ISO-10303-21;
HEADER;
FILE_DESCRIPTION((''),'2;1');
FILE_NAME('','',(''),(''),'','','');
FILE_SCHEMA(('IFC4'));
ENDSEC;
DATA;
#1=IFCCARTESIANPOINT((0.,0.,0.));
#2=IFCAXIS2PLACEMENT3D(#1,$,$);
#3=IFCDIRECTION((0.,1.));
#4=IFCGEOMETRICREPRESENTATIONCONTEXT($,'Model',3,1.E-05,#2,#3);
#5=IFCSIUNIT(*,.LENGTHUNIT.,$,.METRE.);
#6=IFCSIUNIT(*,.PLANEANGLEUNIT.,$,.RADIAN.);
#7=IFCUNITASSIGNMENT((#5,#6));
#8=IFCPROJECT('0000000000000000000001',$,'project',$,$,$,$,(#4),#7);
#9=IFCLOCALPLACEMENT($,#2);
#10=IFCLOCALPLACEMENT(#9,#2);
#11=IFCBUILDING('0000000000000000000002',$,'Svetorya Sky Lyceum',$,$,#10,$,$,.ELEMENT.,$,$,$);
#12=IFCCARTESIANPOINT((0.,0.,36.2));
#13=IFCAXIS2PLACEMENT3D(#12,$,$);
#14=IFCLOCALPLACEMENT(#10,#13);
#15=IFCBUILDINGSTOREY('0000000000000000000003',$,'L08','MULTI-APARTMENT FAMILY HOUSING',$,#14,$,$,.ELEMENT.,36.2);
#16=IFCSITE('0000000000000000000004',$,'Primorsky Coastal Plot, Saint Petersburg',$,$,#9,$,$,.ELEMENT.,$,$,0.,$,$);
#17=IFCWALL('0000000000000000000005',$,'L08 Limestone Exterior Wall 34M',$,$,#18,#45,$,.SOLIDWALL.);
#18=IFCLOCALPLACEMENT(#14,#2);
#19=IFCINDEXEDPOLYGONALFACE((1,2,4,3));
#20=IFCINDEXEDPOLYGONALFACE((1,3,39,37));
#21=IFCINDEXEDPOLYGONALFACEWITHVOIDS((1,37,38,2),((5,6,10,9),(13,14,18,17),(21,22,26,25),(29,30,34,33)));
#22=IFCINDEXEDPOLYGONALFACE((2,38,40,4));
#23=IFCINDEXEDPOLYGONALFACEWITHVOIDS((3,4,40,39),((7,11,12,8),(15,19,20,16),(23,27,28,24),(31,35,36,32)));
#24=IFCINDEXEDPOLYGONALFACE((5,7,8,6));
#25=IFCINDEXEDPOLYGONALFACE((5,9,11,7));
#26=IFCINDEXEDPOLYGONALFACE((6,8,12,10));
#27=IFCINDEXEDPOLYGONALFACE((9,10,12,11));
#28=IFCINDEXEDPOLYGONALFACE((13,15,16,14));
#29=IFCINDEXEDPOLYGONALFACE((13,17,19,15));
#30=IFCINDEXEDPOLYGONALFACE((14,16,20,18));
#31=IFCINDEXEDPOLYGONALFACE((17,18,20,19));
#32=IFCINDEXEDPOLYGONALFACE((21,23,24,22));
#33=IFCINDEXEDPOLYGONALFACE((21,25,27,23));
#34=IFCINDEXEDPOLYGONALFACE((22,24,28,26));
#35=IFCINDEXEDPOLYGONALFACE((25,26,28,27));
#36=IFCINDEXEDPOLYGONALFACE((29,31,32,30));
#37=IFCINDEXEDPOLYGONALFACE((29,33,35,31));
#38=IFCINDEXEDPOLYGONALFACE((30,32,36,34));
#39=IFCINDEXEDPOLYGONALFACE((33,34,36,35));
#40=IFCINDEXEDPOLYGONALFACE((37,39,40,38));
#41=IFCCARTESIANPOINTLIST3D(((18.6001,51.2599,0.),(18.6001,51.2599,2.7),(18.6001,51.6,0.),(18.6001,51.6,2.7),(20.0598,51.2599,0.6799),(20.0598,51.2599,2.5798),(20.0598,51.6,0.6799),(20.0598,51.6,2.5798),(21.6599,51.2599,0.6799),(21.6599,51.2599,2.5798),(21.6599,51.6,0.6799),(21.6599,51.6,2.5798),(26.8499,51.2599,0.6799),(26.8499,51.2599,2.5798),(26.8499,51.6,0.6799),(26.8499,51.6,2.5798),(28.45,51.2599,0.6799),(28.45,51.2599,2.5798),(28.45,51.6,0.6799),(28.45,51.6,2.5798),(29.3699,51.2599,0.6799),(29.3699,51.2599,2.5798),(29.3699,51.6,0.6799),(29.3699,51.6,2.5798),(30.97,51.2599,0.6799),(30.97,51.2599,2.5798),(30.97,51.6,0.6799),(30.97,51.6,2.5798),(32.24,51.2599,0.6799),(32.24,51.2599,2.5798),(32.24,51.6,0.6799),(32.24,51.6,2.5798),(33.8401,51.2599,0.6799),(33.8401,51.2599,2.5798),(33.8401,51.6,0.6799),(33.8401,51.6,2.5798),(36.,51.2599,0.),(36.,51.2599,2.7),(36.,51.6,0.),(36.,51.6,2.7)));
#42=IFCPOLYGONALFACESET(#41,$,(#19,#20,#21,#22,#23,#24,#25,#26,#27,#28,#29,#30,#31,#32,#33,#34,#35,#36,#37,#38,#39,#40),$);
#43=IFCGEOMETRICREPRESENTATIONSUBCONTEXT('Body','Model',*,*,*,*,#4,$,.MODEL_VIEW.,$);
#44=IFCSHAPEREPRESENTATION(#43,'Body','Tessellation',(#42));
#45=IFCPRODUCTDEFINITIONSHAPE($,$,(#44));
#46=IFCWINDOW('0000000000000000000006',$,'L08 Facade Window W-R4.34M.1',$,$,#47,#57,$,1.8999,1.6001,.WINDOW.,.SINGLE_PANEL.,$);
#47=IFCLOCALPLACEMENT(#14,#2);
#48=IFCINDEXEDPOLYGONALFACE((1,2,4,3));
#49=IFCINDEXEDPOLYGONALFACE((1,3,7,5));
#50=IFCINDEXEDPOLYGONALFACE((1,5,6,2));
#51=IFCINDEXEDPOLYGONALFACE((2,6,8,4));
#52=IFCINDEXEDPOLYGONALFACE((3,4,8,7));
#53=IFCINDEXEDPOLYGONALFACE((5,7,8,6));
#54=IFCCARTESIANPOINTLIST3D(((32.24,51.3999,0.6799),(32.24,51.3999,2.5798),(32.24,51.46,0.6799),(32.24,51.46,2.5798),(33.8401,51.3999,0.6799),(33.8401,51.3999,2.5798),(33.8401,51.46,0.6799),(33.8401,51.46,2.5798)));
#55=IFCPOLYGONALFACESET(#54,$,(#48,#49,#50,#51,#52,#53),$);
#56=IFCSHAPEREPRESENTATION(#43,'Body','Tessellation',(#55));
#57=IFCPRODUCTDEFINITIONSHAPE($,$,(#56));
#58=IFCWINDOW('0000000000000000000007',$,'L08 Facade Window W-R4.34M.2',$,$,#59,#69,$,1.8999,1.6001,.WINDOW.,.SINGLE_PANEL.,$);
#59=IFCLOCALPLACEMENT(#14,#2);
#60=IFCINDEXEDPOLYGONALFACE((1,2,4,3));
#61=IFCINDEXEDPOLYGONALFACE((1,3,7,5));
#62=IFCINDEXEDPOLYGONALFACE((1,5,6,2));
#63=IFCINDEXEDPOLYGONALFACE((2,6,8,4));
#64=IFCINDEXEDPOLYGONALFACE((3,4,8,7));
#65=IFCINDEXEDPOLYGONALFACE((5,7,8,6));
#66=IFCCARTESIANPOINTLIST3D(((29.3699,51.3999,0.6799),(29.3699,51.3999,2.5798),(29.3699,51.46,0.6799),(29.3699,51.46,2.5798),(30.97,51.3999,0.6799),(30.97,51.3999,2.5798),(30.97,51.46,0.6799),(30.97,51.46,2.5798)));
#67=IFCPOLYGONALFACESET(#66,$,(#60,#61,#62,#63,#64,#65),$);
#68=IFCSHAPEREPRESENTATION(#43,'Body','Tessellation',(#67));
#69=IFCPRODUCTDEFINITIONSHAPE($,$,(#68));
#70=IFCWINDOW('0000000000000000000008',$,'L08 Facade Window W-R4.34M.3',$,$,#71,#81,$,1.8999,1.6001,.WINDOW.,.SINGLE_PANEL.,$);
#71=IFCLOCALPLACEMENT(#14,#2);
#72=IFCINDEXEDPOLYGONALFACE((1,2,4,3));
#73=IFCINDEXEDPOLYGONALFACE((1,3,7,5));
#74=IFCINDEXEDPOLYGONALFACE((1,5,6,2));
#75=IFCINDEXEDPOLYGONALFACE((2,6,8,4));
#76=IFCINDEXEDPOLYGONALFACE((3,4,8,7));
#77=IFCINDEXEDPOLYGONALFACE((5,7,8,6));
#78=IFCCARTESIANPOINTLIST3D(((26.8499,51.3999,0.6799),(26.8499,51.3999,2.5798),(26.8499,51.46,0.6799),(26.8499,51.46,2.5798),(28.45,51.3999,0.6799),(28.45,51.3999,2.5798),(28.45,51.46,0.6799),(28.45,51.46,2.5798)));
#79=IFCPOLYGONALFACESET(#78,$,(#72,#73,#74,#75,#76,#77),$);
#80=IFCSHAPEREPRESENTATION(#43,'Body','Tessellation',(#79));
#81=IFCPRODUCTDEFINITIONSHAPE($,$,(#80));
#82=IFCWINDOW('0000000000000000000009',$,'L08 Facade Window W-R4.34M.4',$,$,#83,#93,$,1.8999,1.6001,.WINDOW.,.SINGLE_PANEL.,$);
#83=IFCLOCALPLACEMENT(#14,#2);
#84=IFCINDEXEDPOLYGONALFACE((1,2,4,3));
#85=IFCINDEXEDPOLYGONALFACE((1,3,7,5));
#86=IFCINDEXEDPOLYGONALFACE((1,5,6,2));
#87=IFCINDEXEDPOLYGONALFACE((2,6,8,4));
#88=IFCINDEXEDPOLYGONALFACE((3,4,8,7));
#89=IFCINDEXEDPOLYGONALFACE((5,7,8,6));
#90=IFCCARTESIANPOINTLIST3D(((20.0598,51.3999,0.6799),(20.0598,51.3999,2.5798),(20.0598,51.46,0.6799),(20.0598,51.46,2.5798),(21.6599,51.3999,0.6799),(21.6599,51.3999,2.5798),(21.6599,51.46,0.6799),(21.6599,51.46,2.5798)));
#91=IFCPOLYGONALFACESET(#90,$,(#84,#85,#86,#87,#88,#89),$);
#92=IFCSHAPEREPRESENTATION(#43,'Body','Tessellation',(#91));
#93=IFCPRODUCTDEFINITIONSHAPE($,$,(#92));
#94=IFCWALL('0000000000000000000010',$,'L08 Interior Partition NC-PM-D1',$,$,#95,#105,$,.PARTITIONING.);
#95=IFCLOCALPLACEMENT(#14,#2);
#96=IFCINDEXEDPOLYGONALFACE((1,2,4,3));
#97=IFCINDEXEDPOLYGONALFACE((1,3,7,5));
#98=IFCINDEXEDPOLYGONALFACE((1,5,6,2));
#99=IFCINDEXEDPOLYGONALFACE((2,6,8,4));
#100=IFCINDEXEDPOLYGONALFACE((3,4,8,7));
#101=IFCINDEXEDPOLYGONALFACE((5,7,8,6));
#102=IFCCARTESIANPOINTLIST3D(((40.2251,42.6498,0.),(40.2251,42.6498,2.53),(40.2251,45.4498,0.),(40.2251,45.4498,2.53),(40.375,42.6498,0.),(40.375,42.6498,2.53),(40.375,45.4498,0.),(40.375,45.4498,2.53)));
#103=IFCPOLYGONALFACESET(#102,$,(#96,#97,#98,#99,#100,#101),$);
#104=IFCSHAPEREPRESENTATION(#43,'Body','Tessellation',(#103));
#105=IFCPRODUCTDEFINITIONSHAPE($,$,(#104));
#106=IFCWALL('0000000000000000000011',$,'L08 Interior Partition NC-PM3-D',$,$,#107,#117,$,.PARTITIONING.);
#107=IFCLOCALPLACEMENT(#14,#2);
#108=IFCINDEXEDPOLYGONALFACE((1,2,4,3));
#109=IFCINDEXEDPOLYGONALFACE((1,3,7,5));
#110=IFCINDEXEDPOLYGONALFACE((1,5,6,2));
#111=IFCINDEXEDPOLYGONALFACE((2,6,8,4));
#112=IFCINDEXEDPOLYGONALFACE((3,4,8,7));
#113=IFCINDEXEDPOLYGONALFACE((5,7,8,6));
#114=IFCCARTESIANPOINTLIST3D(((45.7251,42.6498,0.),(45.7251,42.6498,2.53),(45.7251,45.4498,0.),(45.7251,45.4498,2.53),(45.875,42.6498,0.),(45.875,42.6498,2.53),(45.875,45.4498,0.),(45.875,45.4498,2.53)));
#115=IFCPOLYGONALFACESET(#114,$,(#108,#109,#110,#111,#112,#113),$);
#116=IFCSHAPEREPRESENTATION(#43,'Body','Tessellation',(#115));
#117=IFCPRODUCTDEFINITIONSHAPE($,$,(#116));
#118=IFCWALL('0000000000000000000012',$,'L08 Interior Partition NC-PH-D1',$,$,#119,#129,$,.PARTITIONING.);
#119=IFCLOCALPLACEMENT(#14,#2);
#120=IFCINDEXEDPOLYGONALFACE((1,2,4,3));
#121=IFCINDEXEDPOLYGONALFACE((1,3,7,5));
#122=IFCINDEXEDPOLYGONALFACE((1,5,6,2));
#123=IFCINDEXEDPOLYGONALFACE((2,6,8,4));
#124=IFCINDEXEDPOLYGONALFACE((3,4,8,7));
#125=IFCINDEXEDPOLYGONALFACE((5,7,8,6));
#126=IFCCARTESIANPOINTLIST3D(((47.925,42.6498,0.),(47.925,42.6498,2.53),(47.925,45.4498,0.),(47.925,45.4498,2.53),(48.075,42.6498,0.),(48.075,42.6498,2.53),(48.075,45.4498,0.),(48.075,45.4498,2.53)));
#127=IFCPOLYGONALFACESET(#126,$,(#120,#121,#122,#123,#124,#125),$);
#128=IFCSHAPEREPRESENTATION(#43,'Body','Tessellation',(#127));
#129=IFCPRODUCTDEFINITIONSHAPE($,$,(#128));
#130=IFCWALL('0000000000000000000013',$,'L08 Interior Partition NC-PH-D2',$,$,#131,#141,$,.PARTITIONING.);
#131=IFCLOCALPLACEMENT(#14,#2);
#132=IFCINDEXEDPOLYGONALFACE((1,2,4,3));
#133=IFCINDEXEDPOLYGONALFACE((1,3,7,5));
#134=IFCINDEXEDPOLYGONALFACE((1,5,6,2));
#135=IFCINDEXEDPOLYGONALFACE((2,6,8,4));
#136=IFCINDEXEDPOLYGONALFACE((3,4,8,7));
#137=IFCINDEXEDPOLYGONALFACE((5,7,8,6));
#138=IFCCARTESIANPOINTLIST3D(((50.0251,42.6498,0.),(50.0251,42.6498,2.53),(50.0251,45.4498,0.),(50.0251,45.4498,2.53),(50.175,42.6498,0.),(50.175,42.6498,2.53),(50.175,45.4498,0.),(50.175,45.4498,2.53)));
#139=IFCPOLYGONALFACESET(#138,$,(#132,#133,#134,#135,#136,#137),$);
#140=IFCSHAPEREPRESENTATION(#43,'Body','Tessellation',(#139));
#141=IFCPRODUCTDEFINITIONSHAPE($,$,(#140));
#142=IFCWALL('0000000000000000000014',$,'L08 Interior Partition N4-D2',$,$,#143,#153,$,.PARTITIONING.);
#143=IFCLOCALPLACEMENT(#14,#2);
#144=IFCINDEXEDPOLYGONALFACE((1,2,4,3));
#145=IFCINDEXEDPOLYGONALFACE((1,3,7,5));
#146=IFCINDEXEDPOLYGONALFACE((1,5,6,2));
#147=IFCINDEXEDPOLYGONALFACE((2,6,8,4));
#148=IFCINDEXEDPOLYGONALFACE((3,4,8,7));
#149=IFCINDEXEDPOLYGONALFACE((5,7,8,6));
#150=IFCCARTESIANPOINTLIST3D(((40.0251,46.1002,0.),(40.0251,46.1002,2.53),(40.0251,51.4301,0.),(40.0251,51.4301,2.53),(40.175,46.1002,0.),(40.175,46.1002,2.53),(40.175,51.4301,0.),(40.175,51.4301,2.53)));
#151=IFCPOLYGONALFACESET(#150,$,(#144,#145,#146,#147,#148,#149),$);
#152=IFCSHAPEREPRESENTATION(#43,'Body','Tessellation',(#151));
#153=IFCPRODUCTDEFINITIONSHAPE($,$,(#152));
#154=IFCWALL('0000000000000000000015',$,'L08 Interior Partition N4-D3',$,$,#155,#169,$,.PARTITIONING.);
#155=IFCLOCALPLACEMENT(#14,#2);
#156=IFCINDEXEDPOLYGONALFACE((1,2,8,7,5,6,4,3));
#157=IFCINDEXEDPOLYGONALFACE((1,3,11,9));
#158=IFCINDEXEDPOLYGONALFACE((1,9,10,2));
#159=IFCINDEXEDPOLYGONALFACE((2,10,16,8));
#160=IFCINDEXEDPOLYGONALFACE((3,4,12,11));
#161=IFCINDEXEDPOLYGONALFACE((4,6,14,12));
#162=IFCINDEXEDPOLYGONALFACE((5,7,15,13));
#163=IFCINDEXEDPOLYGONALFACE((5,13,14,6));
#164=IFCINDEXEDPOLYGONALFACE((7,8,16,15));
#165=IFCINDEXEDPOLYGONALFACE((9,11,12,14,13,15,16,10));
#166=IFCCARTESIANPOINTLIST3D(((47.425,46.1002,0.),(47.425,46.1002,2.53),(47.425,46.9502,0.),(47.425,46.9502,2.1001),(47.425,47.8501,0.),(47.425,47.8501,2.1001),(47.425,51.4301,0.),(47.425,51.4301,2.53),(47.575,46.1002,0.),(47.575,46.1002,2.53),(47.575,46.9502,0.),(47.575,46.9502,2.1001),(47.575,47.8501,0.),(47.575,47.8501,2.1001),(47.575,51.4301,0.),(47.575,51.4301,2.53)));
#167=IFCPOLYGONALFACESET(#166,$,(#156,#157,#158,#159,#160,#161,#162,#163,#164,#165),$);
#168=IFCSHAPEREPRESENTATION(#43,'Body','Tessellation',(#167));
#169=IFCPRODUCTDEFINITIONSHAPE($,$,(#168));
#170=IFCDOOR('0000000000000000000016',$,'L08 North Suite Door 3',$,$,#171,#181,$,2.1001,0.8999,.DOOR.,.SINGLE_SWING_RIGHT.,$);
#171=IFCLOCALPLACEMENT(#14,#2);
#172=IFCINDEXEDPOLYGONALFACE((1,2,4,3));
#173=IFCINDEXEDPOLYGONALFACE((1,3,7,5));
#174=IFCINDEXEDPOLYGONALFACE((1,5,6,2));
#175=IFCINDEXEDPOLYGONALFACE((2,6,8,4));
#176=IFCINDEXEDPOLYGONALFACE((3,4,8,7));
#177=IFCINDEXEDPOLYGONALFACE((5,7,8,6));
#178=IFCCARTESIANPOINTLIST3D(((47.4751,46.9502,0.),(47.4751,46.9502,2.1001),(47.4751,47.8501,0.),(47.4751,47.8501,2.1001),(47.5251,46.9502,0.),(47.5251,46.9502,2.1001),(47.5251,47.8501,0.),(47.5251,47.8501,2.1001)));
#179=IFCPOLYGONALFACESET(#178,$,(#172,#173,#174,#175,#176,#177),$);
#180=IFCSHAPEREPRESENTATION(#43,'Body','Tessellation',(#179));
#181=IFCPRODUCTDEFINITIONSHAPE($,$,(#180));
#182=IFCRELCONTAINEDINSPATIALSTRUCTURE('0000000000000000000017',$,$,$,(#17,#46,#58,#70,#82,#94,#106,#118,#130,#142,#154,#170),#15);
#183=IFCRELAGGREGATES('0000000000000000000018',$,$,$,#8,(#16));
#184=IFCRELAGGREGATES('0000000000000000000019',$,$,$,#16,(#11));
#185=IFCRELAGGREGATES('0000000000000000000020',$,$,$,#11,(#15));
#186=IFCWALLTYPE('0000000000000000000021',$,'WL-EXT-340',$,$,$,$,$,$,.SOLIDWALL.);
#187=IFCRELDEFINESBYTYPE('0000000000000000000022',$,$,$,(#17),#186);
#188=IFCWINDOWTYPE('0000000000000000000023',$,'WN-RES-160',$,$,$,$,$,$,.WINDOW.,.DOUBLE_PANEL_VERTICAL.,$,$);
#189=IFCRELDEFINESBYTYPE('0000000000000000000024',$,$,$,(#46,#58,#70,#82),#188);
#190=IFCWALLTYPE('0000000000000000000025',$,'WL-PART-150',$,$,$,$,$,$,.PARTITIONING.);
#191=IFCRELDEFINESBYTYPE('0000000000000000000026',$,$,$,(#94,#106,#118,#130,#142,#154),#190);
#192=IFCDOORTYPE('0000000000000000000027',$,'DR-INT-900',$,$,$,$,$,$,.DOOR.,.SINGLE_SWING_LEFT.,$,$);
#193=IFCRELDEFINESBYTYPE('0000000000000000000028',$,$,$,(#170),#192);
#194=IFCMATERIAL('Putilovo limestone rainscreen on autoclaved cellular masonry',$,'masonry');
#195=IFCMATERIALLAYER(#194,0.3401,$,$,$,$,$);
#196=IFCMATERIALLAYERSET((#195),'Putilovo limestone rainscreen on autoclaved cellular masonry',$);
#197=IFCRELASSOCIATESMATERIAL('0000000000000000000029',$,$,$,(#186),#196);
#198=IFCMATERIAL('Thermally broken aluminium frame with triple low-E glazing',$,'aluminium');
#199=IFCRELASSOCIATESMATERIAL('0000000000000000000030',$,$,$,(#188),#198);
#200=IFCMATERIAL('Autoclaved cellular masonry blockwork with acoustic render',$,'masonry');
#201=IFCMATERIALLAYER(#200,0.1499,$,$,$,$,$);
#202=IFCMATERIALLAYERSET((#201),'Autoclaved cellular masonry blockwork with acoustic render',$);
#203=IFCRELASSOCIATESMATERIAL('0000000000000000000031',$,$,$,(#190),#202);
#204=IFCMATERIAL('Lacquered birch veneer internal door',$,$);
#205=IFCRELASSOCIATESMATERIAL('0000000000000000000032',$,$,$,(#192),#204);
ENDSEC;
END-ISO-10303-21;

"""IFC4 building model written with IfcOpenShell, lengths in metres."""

from ifc_helpers import new_model, si_unit, direction, frame, frame_2d, origin, place, context, subcontext, project, spatial, rectangle, extrude, material, layer, layer_set, type_object, element, fill, save


model = new_model("IFC4")

# Units and contexts
model_context = context("Model", 3, precision=1e-05, world=origin(), true_north=direction((0.0, 1.0)))
body_context = subcontext(model_context, "Body", "Model", "MODEL_VIEW")
ifc_project = project(units=[si_unit("LENGTHUNIT", "METRE"), si_unit("PLANEANGLEUNIT", "RADIAN")], contexts=[model_context])

# Site, building, storey
site_placement = place(None, origin())
site = spatial("IfcSite", under=ifc_project, at=site_placement, Name="Primorsky Coastal Plot, Saint Petersburg", CompositionType="ELEMENT", RefElevation=0.0)
building_placement = place(site_placement, origin())
building = spatial("IfcBuilding", under=site, at=building_placement, Name="Svetorya Sky Lyceum", CompositionType="ELEMENT")
storey_placement = place(building_placement, frame((0.0, 0.0, 36.2)))
storey = spatial("IfcBuildingStorey", under=building, at=storey_placement, Name="L08", Description="MULTI-APARTMENT FAMILY HOUSING", CompositionType="ELEMENT", Elevation=36.2)

# Shared definitions
ifc_material_1 = material(Name="Putilovo limestone rainscreen on autoclaved cellular masonry", Category="masonry")
ifc_layer_1 = layer(ifc_material_1, 0.3401)
ifc_layer_set_1 = layer_set([ifc_layer_1], Name="Putilovo limestone rainscreen on autoclaved cellular masonry")
wall_type_1 = type_object("IfcWallType", Name="WL-EXT-340", PredefinedType="SOLIDWALL", material=ifc_layer_set_1)

# Wall, openings, windows
wall_1_placement = place(storey_placement, frame((36.0, 51.4299, 0.0), z_axis=(0.0, 0.0, 1.0), x_axis=(-1.0, 0.0, 0.0)))
wall_1 = element("IfcWall", 1, at=wall_1_placement, inside=storey, type_object=wall_type_1, Name="L08 Limestone Exterior Wall 34M", PredefinedType="SOLIDWALL", context=body_context, shape_type="SweptSolid", body=[
    extrude(rectangle(XDim=17.3999, YDim=0.3401, at=frame_2d((8.7, 0.0))), origin(), (0.0, 0.0, 1.0), 2.7),
])
opening_1_placement = place(wall_1_placement, frame((2.1599, 0.0, 0.6799)))
opening_1 = element("IfcOpeningElement", 2, at=opening_1_placement, cuts=wall_1, PredefinedType="OPENING", context=body_context, shape_type="SweptSolid", body=[
    extrude(rectangle(XDim=1.6001, YDim=1.8999, at=frame_2d((0.8, 0.95))), frame((0.0, 0.1799, 0.0), z_axis=(0.0, -1.0, 0.0), x_axis=(1.0, 0.0, 0.0)), (0.0, 0.0, 1.0), 0.3601),
])
opening_2_placement = place(wall_1_placement, frame((5.03, 0.0, 0.6799)))
opening_2 = element("IfcOpeningElement", 3, at=opening_2_placement, cuts=wall_1, PredefinedType="OPENING", context=body_context, shape_type="SweptSolid", body=[
    extrude(rectangle(XDim=1.6001, YDim=1.8999, at=frame_2d((0.8, 0.95))), frame((0.0, 0.1799, 0.0), z_axis=(0.0, -1.0, 0.0), x_axis=(1.0, 0.0, 0.0)), (0.0, 0.0, 1.0), 0.3601),
])
opening_3_placement = place(wall_1_placement, frame((7.55, 0.0, 0.6799)))
opening_3 = element("IfcOpeningElement", 4, at=opening_3_placement, cuts=wall_1, PredefinedType="OPENING", context=body_context, shape_type="SweptSolid", body=[
    extrude(rectangle(XDim=1.6001, YDim=1.8999, at=frame_2d((0.8, 0.95))), frame((0.0, 0.1799, 0.0), z_axis=(0.0, -1.0, 0.0), x_axis=(1.0, 0.0, 0.0)), (0.0, 0.0, 1.0), 0.3601),
])
opening_4_placement = place(wall_1_placement, frame((14.3401, 0.0, 0.6799)))
opening_4 = element("IfcOpeningElement", 5, at=opening_4_placement, cuts=wall_1, PredefinedType="OPENING", context=body_context, shape_type="SweptSolid", body=[
    extrude(rectangle(XDim=1.6001, YDim=1.8999, at=frame_2d((0.8, 0.95))), frame((0.0, 0.1799, 0.0), z_axis=(0.0, -1.0, 0.0), x_axis=(1.0, 0.0, 0.0)), (0.0, 0.0, 1.0), 0.3601),
])
ifc_material_2 = material(Name="Thermally broken aluminium frame with triple low-E glazing", Category="aluminium")
window_type = type_object("IfcWindowType", Name="WN-RES-160", PartitioningType="DOUBLE_PANEL_VERTICAL", PredefinedType="WINDOW", material=ifc_material_2)
window_1_placement = place(opening_1_placement, origin())
window_1 = element("IfcWindow", 6, at=window_1_placement, inside=storey, type_object=window_type, Name="L08 Facade Window W-R4.34M.1", OverallHeight=1.8999, OverallWidth=1.6001, PartitioningType="SINGLE_PANEL", PredefinedType="WINDOW", context=body_context, shape_type="SweptSolid", body=[
    extrude(rectangle(XDim=1.6001, YDim=1.8999, at=frame_2d((0.8, 0.95))), frame((0.0, 0.03, 0.0), z_axis=(0.0, -1.0, 0.0), x_axis=(1.0, 0.0, 0.0)), (0.0, 0.0, 1.0), 0.0601),
])
fill(opening_1, window_1)
window_2_placement = place(opening_2_placement, origin())
window_2 = element("IfcWindow", 7, at=window_2_placement, inside=storey, type_object=window_type, Name="L08 Facade Window W-R4.34M.2", OverallHeight=1.8999, OverallWidth=1.6001, PartitioningType="SINGLE_PANEL", PredefinedType="WINDOW", context=body_context, shape_type="SweptSolid", body=[
    extrude(rectangle(XDim=1.6001, YDim=1.8999, at=frame_2d((0.8, 0.95))), frame((0.0, 0.03, 0.0), z_axis=(0.0, -1.0, 0.0), x_axis=(1.0, 0.0, 0.0)), (0.0, 0.0, 1.0), 0.0601),
])
fill(opening_2, window_2)
window_3_placement = place(opening_3_placement, origin())
window_3 = element("IfcWindow", 8, at=window_3_placement, inside=storey, type_object=window_type, Name="L08 Facade Window W-R4.34M.3", OverallHeight=1.8999, OverallWidth=1.6001, PartitioningType="SINGLE_PANEL", PredefinedType="WINDOW", context=body_context, shape_type="SweptSolid", body=[
    extrude(rectangle(XDim=1.6001, YDim=1.8999, at=frame_2d((0.8, 0.95))), frame((0.0, 0.03, 0.0), z_axis=(0.0, -1.0, 0.0), x_axis=(1.0, 0.0, 0.0)), (0.0, 0.0, 1.0), 0.0601),
])
fill(opening_3, window_3)
window_4_placement = place(opening_4_placement, origin())
window_4 = element("IfcWindow", 9, at=window_4_placement, inside=storey, type_object=window_type, Name="L08 Facade Window W-R4.34M.4", OverallHeight=1.8999, OverallWidth=1.6001, PartitioningType="SINGLE_PANEL", PredefinedType="WINDOW", context=body_context, shape_type="SweptSolid", body=[
    extrude(rectangle(XDim=1.6001, YDim=1.8999, at=frame_2d((0.8, 0.95))), frame((0.0, 0.03, 0.0), z_axis=(0.0, -1.0, 0.0), x_axis=(1.0, 0.0, 0.0)), (0.0, 0.0, 1.0), 0.0601),
])
fill(opening_4, window_4)

# Walls
ifc_material_3 = material(Name="Autoclaved cellular masonry blockwork with acoustic render", Category="masonry")
ifc_layer_2 = layer(ifc_material_3, 0.1499)
ifc_layer_set_2 = layer_set([ifc_layer_2], Name="Autoclaved cellular masonry blockwork with acoustic render")
wall_type_2 = type_object("IfcWallType", Name="WL-PART-150", PredefinedType="PARTITIONING", material=ifc_layer_set_2)
for number, where, z_axis, x_axis, name in (
    (10, (40.3, 42.6499, 0.0), (0.0, 0.0, 1.0), (0.0, 1.0, 0.0), "L08 Interior Partition NC-PM-D1"),
    (11, (45.8, 42.6499, 0.0), (0.0, 0.0, 1.0), (0.0, 1.0, 0.0), "L08 Interior Partition NC-PM3-D"),
    (12, (48.0, 42.6499, 0.0), (0.0, 0.0, 1.0), (0.0, 1.0, 0.0), "L08 Interior Partition NC-PH-D1"),
    (13, (50.1001, 42.6499, 0.0), (0.0, 0.0, 1.0), (0.0, 1.0, 0.0), "L08 Interior Partition NC-PH-D2"),
):
    element("IfcWall", number, at=place(storey_placement, frame(where, z_axis=z_axis, x_axis=x_axis)), inside=storey, type_object=wall_type_2, Name=name, PredefinedType="PARTITIONING", context=body_context, shape_type="SweptSolid", body=[
        extrude(rectangle(XDim=2.8, YDim=0.1499, at=frame_2d((1.3999, 0.0))), origin(), (0.0, 0.0, 1.0), 2.53),
    ])
wall_2_placement = place(storey_placement, frame((40.1001, 46.1001, 0.0), z_axis=(0.0, 0.0, 1.0), x_axis=(0.0, 1.0, 0.0)))
element("IfcWall", 14, at=wall_2_placement, inside=storey, type_object=wall_type_2, Name="L08 Interior Partition N4-D2", PredefinedType="PARTITIONING", context=body_context, shape_type="SweptSolid", body=[
    extrude(rectangle(XDim=5.3298, YDim=0.1499, at=frame_2d((2.665, 0.0))), origin(), (0.0, 0.0, 1.0), 2.53),
])

# Wall, opening, door
wall_3_placement = place(storey_placement, frame((47.5, 46.1001, 0.0), z_axis=(0.0, 0.0, 1.0), x_axis=(0.0, 1.0, 0.0)))
wall_3 = element("IfcWall", 15, at=wall_3_placement, inside=storey, type_object=wall_type_2, Name="L08 Interior Partition N4-D3", PredefinedType="PARTITIONING", context=body_context, shape_type="SweptSolid", body=[
    extrude(rectangle(XDim=5.3298, YDim=0.1499, at=frame_2d((2.665, 0.0))), origin(), (0.0, 0.0, 1.0), 2.53),
])
opening_5_placement = place(wall_3_placement, frame((0.8501, 0.0, 0.0)))
opening_5 = element("IfcOpeningElement", 16, at=opening_5_placement, cuts=wall_3, PredefinedType="OPENING", context=body_context, shape_type="SweptSolid", body=[
    extrude(rectangle(XDim=0.8999, YDim=2.1001, at=frame_2d((0.45, 1.05))), frame((0.0, 0.085, 0.0), z_axis=(0.0, -1.0, 0.0), x_axis=(1.0, 0.0, 0.0)), (0.0, 0.0, 1.0), 0.1699),
])
ifc_material_4 = material(Name="Lacquered birch veneer internal door")
door_type = type_object("IfcDoorType", Name="DR-INT-900", OperationType="SINGLE_SWING_LEFT", PredefinedType="DOOR", material=ifc_material_4)
door_placement = place(opening_5_placement, origin())
door = element("IfcDoor", 17, at=door_placement, inside=storey, type_object=door_type, Name="L08 North Suite Door 3", OperationType="SINGLE_SWING_RIGHT", OverallHeight=2.1001, OverallWidth=0.8999, PredefinedType="DOOR", context=body_context, shape_type="SweptSolid", body=[
    extrude(rectangle(XDim=0.8999, YDim=2.1001, at=frame_2d((0.45, 1.05))), frame((0.0, 0.0249, 0.0), z_axis=(0.0, -1.0, 0.0), x_axis=(1.0, 0.0, 0.0)), (0.0, 0.0, 1.0), 0.05),
])
fill(opening_5, door)

save(model, "model.ifc")
